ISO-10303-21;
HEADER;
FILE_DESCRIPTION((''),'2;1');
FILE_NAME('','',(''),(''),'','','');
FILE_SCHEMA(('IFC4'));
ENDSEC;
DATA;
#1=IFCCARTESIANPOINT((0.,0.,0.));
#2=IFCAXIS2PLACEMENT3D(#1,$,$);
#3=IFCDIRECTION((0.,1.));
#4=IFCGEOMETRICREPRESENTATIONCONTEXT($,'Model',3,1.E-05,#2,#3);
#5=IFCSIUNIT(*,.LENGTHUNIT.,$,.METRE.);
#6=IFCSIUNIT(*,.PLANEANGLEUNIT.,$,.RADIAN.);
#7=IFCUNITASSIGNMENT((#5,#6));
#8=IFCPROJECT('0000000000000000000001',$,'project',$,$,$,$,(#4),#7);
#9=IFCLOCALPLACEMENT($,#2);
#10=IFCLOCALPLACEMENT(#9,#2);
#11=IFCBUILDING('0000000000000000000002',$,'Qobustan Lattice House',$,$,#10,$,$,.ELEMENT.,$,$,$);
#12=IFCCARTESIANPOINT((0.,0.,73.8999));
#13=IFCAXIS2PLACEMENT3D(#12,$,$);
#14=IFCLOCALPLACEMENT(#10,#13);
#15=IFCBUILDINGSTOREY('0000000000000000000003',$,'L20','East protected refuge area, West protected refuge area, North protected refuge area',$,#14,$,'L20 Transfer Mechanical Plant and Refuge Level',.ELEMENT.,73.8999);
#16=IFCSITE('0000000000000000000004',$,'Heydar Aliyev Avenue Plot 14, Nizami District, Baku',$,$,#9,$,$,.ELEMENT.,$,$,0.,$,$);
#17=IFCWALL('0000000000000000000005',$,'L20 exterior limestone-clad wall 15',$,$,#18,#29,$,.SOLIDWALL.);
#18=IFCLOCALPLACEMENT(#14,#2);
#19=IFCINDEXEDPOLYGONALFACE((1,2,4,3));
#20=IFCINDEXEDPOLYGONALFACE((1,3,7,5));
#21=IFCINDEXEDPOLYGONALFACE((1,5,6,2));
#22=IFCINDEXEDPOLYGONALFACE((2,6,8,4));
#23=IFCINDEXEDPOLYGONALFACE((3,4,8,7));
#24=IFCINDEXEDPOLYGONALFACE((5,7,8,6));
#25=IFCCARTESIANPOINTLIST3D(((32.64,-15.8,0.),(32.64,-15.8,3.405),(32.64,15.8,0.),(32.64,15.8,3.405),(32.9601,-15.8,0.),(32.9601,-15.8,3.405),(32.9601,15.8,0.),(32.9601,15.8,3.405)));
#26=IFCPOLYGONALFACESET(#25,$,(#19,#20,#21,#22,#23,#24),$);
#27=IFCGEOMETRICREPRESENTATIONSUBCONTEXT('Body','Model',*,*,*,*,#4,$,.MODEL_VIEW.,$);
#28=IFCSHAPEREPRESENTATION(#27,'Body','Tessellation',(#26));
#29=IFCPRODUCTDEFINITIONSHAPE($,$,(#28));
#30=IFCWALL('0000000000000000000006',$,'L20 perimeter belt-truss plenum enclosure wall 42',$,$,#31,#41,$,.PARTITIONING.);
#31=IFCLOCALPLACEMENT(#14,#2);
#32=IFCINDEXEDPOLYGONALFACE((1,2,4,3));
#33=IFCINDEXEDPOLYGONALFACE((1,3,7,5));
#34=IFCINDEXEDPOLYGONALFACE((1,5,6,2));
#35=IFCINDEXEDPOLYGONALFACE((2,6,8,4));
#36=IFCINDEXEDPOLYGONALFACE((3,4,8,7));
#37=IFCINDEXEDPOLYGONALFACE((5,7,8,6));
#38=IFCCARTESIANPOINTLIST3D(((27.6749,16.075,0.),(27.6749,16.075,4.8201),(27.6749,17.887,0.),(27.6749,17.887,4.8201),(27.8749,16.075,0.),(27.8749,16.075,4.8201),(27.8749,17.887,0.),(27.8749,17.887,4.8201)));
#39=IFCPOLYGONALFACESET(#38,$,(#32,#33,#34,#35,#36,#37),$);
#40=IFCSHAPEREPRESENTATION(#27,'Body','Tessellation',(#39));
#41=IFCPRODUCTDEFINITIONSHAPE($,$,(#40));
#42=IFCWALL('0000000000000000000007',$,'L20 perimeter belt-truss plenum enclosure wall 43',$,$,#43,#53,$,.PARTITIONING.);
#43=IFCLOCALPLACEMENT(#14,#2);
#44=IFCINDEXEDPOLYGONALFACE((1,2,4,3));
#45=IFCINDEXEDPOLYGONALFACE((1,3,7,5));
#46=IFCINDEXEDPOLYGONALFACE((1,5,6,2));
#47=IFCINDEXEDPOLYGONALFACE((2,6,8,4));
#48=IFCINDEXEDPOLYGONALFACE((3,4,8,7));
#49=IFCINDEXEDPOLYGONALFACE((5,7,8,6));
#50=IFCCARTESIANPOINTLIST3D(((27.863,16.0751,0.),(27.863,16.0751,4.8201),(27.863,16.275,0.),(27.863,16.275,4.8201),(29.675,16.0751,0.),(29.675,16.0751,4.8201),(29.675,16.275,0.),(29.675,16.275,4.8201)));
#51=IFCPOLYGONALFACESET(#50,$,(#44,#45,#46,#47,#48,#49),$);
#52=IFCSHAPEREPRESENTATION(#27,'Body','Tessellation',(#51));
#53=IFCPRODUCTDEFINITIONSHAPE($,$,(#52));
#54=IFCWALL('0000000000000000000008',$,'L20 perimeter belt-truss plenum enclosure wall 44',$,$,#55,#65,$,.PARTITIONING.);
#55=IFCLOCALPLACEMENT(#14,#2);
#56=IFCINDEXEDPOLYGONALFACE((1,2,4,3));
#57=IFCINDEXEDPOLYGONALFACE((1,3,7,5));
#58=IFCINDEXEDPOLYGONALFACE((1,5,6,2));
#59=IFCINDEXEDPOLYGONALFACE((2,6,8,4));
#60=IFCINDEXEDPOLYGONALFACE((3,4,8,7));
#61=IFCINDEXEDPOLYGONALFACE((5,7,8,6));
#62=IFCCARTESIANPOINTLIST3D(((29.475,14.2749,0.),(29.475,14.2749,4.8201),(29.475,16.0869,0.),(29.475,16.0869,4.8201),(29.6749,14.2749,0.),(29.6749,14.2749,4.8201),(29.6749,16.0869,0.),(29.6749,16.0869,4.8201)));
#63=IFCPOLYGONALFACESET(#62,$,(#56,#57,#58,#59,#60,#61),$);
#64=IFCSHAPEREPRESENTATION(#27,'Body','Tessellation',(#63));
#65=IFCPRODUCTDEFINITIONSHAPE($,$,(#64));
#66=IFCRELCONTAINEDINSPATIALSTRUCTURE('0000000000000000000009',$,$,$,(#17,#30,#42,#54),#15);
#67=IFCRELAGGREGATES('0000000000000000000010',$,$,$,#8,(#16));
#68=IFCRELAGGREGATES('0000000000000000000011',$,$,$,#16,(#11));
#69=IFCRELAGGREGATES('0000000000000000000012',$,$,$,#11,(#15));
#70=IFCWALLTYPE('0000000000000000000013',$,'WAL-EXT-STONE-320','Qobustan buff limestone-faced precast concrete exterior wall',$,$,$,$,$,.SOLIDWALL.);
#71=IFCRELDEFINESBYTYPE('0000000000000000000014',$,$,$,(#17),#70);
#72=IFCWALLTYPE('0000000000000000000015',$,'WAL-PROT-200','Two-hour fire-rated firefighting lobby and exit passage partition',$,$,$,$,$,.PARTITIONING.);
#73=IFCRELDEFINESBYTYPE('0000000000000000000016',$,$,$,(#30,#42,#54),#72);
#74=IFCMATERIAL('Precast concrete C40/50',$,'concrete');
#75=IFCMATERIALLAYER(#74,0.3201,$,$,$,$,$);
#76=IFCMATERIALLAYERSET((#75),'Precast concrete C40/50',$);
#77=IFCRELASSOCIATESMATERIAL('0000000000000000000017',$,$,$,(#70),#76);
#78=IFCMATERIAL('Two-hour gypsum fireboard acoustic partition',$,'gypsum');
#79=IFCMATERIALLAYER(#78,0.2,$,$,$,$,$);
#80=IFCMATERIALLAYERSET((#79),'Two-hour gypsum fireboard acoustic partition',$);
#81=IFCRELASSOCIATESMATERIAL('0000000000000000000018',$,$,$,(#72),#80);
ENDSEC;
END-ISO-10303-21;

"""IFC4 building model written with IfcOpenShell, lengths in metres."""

from ifc_helpers import new_model, si_unit, direction, frame, frame_2d, origin, place, context, subcontext, project, spatial, rectangle, extrude, material, layer, layer_set, type_object, element, save


model = new_model("IFC4")

# Units and contexts
model_context = context("Model", 3, precision=1e-05, world=origin(), true_north=direction((0.0, 1.0)))
body_context = subcontext(model_context, "Body", "Model", "MODEL_VIEW")
ifc_project = project(units=[si_unit("LENGTHUNIT", "METRE"), si_unit("PLANEANGLEUNIT", "RADIAN")], contexts=[model_context])

# Site, building, storey
site_placement = place(None, origin())
site = spatial("IfcSite", under=ifc_project, at=site_placement, Name="Heydar Aliyev Avenue Plot 14, Nizami District, Baku", CompositionType="ELEMENT", RefElevation=0.0)
building_placement = place(site_placement, origin())
building = spatial("IfcBuilding", under=site, at=building_placement, Name="Qobustan Lattice House", CompositionType="ELEMENT")
storey_placement = place(building_placement, frame((0.0, 0.0, 73.8999)))
storey = spatial("IfcBuildingStorey", under=building, at=storey_placement, Name="L20", Description="East protected refuge area, West protected refuge area, North protected refuge area", LongName="L20 Transfer Mechanical Plant and Refuge Level", CompositionType="ELEMENT", Elevation=73.8999)

# Walls
ifc_material_1 = material(Name="Precast concrete C40/50", Category="concrete")
ifc_layer_1 = layer(ifc_material_1, 0.3201)
ifc_layer_set_1 = layer_set([ifc_layer_1], Name="Precast concrete C40/50")
wall_type_1 = type_object("IfcWallType", Name="WAL-EXT-STONE-320", Description="Qobustan buff limestone-faced precast concrete exterior wall", PredefinedType="SOLIDWALL", material=ifc_layer_set_1)
wall_1_placement = place(storey_placement, frame((32.8, 15.8, 0.0), z_axis=(0.0, 0.0, 1.0), x_axis=(0.0, -1.0, 0.0)))
element("IfcWall", 1, at=wall_1_placement, inside=storey, type_object=wall_type_1, Name="L20 exterior limestone-clad wall 15", PredefinedType="SOLIDWALL", context=body_context, shape_type="SweptSolid", body=[
    extrude(rectangle(XDim=31.6001, YDim=0.3201, at=frame_2d((15.8, 0.0))), origin(), (0.0, 0.0, 1.0), 3.405),
])
ifc_material_2 = material(Name="Two-hour gypsum fireboard acoustic partition", Category="gypsum")
ifc_layer_2 = layer(ifc_material_2, 0.2)
ifc_layer_set_2 = layer_set([ifc_layer_2], Name="Two-hour gypsum fireboard acoustic partition")
wall_type_2 = type_object("IfcWallType", Name="WAL-PROT-200", Description="Two-hour fire-rated firefighting lobby and exit passage partition", PredefinedType="PARTITIONING", material=ifc_layer_set_2)
for number, where, z_axis, x_axis, name in (
    (2, (27.7749, 17.887, 0.0), (0.0, 0.0, 1.0), (0.0, -1.0, 0.0), "L20 perimeter belt-truss plenum enclosure wall 42"),
    (3, (27.863, 16.175, 0.0), (0.0, 0.0, 1.0), (1.0, 0.0, 0.0), "L20 perimeter belt-truss plenum enclosure wall 43"),
    (4, (29.575, 16.0869, 0.0), (0.0, 0.0, 1.0), (0.0, -1.0, 0.0), "L20 perimeter belt-truss plenum enclosure wall 44"),
):
    element("IfcWall", number, at=place(storey_placement, frame(where, z_axis=z_axis, x_axis=x_axis)), inside=storey, type_object=wall_type_2, Name=name, PredefinedType="PARTITIONING", context=body_context, shape_type="SweptSolid", body=[
        extrude(rectangle(XDim=1.812, YDim=0.2, at=frame_2d((0.906, 0.0))), origin(), (0.0, 0.0, 1.0), 4.8201),
    ])

save(model, "model.ifc")
